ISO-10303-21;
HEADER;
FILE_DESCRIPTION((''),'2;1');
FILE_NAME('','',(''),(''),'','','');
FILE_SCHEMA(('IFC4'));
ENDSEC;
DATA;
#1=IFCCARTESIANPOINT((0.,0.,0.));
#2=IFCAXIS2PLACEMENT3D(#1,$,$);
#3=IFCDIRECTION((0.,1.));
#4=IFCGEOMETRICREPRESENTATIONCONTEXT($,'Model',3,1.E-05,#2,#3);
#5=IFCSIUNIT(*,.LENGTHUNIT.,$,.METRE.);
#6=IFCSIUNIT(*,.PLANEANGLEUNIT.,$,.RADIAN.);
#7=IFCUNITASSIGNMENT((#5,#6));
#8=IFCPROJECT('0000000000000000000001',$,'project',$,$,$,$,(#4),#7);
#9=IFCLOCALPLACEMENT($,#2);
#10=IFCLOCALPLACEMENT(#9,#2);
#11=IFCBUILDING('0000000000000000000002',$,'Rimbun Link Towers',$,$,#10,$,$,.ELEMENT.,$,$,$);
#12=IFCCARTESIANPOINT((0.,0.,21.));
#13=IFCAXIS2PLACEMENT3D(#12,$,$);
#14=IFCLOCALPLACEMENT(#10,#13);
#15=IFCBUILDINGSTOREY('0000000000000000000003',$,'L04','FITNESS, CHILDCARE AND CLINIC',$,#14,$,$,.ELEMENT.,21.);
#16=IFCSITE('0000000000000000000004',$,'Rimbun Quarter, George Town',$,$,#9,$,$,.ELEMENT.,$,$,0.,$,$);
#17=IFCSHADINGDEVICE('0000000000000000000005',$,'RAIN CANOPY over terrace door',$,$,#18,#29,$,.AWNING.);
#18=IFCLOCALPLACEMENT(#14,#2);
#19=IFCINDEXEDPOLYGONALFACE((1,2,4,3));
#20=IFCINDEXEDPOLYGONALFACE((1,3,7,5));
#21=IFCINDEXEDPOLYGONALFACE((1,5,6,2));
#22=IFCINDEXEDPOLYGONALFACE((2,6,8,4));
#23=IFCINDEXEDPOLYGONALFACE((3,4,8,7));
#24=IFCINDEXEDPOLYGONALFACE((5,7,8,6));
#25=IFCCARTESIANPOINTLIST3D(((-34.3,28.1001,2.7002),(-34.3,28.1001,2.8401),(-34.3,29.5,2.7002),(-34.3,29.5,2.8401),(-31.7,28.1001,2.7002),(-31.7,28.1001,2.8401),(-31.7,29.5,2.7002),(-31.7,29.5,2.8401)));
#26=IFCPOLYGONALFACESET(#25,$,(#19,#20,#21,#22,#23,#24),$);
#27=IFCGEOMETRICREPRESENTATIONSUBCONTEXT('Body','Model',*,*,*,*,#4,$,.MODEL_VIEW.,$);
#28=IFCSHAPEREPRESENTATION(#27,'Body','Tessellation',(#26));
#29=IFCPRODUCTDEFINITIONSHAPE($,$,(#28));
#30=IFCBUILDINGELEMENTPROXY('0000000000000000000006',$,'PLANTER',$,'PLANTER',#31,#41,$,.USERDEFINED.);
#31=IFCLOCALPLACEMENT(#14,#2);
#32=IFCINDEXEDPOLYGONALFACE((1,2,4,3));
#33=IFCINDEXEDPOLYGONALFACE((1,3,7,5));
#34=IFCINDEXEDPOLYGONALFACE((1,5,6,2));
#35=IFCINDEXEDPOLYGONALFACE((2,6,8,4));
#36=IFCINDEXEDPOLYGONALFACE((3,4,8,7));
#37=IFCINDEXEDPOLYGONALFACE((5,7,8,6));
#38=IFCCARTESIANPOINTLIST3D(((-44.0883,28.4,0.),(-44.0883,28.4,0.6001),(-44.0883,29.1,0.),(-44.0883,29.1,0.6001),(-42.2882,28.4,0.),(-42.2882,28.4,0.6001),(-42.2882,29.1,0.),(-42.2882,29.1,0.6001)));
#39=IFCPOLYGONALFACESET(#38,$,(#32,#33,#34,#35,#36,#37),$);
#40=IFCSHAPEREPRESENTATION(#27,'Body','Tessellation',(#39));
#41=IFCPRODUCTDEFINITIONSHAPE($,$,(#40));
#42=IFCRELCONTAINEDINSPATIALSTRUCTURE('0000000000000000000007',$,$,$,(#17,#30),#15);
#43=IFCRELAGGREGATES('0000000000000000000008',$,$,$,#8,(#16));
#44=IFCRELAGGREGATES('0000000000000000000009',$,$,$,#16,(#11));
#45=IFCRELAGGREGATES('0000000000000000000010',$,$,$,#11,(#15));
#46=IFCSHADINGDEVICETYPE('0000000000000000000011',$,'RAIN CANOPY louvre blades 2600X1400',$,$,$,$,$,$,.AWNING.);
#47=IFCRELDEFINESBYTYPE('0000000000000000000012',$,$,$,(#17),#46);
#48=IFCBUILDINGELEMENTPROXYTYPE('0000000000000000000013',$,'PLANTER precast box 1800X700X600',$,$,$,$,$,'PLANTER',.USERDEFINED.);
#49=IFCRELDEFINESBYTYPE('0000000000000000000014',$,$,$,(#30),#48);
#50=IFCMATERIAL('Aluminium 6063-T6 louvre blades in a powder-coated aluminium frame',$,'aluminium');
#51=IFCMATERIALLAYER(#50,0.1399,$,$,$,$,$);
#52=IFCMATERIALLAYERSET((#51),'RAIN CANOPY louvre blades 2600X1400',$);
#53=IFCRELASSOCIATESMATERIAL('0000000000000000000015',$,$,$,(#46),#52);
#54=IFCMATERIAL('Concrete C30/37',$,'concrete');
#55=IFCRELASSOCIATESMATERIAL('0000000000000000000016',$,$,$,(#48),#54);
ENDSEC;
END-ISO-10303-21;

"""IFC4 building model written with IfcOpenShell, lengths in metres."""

from ifc_helpers import new_model, si_unit, direction, frame, origin, origin_2d, place, context, subcontext, project, spatial, rectangle, extrude, material, layer, layer_set, type_object, element, save


model = new_model("IFC4")

# Units and contexts
model_context = context("Model", 3, precision=1e-05, world=origin(), true_north=direction((0.0, 1.0)))
body_context = subcontext(model_context, "Body", "Model", "MODEL_VIEW")
ifc_project = project(units=[si_unit("LENGTHUNIT", "METRE"), si_unit("PLANEANGLEUNIT", "RADIAN")], contexts=[model_context])

# Site, building, storey
site_placement = place(None, origin())
site = spatial("IfcSite", under=ifc_project, at=site_placement, Name="Rimbun Quarter, George Town", CompositionType="ELEMENT", RefElevation=0.0)
building_placement = place(site_placement, origin())
building = spatial("IfcBuilding", under=site, at=building_placement, Name="Rimbun Link Towers", CompositionType="ELEMENT")
storey_placement = place(building_placement, frame((0.0, 0.0, 21.0)))
storey = spatial("IfcBuildingStorey", under=building, at=storey_placement, Name="L04", Description="FITNESS, CHILDCARE AND CLINIC", CompositionType="ELEMENT", Elevation=21.0)

# Shading device
ifc_material_1 = material(Name="Aluminium 6063-T6 louvre blades in a powder-coated aluminium frame", Category="aluminium")
ifc_layer_1 = layer(ifc_material_1, 0.1399)
ifc_layer_set_1 = layer_set([ifc_layer_1], Name="RAIN CANOPY louvre blades 2600X1400")
shading_device_type = type_object("IfcShadingDeviceType", Name="RAIN CANOPY louvre blades 2600X1400", PredefinedType="AWNING", material=ifc_layer_set_1)
shading_device_placement = place(storey_placement, frame((-33.0, 28.8, 2.7002), z_axis=(0.0, 0.0, 1.0), x_axis=(1.0, 0.0, 0.0)))
element("IfcShadingDevice", 1, at=shading_device_placement, inside=storey, type_object=shading_device_type, Name="RAIN CANOPY over terrace door", PredefinedType="AWNING", context=body_context, shape_type="SweptSolid", body=[
    extrude(rectangle(XDim=2.6001, YDim=1.3999, at=origin_2d()), origin(), (0.0, 0.0, 1.0), 0.1399),
])

# Building element proxy
ifc_material_2 = material(Name="Concrete C30/37", Category="concrete")
building_element_proxy_type = type_object("IfcBuildingElementProxyType", Name="PLANTER precast box 1800X700X600", ElementType="PLANTER", PredefinedType="USERDEFINED", material=ifc_material_2)
proxy_placement = place(storey_placement, frame((-43.1882, 28.75, 0.0), z_axis=(0.0, 0.0, 1.0), x_axis=(-1.0, 0.0, 0.0)))
element("IfcBuildingElementProxy", 2, at=proxy_placement, inside=storey, type_object=building_element_proxy_type, Name="PLANTER", ObjectType="PLANTER", PredefinedType="USERDEFINED", context=body_context, shape_type="SweptSolid", body=[
    extrude(rectangle(XDim=1.8, YDim=0.7, at=origin_2d()), origin(), (0.0, 0.0, 1.0), 0.6001),
])

save(model, "model.ifc")
